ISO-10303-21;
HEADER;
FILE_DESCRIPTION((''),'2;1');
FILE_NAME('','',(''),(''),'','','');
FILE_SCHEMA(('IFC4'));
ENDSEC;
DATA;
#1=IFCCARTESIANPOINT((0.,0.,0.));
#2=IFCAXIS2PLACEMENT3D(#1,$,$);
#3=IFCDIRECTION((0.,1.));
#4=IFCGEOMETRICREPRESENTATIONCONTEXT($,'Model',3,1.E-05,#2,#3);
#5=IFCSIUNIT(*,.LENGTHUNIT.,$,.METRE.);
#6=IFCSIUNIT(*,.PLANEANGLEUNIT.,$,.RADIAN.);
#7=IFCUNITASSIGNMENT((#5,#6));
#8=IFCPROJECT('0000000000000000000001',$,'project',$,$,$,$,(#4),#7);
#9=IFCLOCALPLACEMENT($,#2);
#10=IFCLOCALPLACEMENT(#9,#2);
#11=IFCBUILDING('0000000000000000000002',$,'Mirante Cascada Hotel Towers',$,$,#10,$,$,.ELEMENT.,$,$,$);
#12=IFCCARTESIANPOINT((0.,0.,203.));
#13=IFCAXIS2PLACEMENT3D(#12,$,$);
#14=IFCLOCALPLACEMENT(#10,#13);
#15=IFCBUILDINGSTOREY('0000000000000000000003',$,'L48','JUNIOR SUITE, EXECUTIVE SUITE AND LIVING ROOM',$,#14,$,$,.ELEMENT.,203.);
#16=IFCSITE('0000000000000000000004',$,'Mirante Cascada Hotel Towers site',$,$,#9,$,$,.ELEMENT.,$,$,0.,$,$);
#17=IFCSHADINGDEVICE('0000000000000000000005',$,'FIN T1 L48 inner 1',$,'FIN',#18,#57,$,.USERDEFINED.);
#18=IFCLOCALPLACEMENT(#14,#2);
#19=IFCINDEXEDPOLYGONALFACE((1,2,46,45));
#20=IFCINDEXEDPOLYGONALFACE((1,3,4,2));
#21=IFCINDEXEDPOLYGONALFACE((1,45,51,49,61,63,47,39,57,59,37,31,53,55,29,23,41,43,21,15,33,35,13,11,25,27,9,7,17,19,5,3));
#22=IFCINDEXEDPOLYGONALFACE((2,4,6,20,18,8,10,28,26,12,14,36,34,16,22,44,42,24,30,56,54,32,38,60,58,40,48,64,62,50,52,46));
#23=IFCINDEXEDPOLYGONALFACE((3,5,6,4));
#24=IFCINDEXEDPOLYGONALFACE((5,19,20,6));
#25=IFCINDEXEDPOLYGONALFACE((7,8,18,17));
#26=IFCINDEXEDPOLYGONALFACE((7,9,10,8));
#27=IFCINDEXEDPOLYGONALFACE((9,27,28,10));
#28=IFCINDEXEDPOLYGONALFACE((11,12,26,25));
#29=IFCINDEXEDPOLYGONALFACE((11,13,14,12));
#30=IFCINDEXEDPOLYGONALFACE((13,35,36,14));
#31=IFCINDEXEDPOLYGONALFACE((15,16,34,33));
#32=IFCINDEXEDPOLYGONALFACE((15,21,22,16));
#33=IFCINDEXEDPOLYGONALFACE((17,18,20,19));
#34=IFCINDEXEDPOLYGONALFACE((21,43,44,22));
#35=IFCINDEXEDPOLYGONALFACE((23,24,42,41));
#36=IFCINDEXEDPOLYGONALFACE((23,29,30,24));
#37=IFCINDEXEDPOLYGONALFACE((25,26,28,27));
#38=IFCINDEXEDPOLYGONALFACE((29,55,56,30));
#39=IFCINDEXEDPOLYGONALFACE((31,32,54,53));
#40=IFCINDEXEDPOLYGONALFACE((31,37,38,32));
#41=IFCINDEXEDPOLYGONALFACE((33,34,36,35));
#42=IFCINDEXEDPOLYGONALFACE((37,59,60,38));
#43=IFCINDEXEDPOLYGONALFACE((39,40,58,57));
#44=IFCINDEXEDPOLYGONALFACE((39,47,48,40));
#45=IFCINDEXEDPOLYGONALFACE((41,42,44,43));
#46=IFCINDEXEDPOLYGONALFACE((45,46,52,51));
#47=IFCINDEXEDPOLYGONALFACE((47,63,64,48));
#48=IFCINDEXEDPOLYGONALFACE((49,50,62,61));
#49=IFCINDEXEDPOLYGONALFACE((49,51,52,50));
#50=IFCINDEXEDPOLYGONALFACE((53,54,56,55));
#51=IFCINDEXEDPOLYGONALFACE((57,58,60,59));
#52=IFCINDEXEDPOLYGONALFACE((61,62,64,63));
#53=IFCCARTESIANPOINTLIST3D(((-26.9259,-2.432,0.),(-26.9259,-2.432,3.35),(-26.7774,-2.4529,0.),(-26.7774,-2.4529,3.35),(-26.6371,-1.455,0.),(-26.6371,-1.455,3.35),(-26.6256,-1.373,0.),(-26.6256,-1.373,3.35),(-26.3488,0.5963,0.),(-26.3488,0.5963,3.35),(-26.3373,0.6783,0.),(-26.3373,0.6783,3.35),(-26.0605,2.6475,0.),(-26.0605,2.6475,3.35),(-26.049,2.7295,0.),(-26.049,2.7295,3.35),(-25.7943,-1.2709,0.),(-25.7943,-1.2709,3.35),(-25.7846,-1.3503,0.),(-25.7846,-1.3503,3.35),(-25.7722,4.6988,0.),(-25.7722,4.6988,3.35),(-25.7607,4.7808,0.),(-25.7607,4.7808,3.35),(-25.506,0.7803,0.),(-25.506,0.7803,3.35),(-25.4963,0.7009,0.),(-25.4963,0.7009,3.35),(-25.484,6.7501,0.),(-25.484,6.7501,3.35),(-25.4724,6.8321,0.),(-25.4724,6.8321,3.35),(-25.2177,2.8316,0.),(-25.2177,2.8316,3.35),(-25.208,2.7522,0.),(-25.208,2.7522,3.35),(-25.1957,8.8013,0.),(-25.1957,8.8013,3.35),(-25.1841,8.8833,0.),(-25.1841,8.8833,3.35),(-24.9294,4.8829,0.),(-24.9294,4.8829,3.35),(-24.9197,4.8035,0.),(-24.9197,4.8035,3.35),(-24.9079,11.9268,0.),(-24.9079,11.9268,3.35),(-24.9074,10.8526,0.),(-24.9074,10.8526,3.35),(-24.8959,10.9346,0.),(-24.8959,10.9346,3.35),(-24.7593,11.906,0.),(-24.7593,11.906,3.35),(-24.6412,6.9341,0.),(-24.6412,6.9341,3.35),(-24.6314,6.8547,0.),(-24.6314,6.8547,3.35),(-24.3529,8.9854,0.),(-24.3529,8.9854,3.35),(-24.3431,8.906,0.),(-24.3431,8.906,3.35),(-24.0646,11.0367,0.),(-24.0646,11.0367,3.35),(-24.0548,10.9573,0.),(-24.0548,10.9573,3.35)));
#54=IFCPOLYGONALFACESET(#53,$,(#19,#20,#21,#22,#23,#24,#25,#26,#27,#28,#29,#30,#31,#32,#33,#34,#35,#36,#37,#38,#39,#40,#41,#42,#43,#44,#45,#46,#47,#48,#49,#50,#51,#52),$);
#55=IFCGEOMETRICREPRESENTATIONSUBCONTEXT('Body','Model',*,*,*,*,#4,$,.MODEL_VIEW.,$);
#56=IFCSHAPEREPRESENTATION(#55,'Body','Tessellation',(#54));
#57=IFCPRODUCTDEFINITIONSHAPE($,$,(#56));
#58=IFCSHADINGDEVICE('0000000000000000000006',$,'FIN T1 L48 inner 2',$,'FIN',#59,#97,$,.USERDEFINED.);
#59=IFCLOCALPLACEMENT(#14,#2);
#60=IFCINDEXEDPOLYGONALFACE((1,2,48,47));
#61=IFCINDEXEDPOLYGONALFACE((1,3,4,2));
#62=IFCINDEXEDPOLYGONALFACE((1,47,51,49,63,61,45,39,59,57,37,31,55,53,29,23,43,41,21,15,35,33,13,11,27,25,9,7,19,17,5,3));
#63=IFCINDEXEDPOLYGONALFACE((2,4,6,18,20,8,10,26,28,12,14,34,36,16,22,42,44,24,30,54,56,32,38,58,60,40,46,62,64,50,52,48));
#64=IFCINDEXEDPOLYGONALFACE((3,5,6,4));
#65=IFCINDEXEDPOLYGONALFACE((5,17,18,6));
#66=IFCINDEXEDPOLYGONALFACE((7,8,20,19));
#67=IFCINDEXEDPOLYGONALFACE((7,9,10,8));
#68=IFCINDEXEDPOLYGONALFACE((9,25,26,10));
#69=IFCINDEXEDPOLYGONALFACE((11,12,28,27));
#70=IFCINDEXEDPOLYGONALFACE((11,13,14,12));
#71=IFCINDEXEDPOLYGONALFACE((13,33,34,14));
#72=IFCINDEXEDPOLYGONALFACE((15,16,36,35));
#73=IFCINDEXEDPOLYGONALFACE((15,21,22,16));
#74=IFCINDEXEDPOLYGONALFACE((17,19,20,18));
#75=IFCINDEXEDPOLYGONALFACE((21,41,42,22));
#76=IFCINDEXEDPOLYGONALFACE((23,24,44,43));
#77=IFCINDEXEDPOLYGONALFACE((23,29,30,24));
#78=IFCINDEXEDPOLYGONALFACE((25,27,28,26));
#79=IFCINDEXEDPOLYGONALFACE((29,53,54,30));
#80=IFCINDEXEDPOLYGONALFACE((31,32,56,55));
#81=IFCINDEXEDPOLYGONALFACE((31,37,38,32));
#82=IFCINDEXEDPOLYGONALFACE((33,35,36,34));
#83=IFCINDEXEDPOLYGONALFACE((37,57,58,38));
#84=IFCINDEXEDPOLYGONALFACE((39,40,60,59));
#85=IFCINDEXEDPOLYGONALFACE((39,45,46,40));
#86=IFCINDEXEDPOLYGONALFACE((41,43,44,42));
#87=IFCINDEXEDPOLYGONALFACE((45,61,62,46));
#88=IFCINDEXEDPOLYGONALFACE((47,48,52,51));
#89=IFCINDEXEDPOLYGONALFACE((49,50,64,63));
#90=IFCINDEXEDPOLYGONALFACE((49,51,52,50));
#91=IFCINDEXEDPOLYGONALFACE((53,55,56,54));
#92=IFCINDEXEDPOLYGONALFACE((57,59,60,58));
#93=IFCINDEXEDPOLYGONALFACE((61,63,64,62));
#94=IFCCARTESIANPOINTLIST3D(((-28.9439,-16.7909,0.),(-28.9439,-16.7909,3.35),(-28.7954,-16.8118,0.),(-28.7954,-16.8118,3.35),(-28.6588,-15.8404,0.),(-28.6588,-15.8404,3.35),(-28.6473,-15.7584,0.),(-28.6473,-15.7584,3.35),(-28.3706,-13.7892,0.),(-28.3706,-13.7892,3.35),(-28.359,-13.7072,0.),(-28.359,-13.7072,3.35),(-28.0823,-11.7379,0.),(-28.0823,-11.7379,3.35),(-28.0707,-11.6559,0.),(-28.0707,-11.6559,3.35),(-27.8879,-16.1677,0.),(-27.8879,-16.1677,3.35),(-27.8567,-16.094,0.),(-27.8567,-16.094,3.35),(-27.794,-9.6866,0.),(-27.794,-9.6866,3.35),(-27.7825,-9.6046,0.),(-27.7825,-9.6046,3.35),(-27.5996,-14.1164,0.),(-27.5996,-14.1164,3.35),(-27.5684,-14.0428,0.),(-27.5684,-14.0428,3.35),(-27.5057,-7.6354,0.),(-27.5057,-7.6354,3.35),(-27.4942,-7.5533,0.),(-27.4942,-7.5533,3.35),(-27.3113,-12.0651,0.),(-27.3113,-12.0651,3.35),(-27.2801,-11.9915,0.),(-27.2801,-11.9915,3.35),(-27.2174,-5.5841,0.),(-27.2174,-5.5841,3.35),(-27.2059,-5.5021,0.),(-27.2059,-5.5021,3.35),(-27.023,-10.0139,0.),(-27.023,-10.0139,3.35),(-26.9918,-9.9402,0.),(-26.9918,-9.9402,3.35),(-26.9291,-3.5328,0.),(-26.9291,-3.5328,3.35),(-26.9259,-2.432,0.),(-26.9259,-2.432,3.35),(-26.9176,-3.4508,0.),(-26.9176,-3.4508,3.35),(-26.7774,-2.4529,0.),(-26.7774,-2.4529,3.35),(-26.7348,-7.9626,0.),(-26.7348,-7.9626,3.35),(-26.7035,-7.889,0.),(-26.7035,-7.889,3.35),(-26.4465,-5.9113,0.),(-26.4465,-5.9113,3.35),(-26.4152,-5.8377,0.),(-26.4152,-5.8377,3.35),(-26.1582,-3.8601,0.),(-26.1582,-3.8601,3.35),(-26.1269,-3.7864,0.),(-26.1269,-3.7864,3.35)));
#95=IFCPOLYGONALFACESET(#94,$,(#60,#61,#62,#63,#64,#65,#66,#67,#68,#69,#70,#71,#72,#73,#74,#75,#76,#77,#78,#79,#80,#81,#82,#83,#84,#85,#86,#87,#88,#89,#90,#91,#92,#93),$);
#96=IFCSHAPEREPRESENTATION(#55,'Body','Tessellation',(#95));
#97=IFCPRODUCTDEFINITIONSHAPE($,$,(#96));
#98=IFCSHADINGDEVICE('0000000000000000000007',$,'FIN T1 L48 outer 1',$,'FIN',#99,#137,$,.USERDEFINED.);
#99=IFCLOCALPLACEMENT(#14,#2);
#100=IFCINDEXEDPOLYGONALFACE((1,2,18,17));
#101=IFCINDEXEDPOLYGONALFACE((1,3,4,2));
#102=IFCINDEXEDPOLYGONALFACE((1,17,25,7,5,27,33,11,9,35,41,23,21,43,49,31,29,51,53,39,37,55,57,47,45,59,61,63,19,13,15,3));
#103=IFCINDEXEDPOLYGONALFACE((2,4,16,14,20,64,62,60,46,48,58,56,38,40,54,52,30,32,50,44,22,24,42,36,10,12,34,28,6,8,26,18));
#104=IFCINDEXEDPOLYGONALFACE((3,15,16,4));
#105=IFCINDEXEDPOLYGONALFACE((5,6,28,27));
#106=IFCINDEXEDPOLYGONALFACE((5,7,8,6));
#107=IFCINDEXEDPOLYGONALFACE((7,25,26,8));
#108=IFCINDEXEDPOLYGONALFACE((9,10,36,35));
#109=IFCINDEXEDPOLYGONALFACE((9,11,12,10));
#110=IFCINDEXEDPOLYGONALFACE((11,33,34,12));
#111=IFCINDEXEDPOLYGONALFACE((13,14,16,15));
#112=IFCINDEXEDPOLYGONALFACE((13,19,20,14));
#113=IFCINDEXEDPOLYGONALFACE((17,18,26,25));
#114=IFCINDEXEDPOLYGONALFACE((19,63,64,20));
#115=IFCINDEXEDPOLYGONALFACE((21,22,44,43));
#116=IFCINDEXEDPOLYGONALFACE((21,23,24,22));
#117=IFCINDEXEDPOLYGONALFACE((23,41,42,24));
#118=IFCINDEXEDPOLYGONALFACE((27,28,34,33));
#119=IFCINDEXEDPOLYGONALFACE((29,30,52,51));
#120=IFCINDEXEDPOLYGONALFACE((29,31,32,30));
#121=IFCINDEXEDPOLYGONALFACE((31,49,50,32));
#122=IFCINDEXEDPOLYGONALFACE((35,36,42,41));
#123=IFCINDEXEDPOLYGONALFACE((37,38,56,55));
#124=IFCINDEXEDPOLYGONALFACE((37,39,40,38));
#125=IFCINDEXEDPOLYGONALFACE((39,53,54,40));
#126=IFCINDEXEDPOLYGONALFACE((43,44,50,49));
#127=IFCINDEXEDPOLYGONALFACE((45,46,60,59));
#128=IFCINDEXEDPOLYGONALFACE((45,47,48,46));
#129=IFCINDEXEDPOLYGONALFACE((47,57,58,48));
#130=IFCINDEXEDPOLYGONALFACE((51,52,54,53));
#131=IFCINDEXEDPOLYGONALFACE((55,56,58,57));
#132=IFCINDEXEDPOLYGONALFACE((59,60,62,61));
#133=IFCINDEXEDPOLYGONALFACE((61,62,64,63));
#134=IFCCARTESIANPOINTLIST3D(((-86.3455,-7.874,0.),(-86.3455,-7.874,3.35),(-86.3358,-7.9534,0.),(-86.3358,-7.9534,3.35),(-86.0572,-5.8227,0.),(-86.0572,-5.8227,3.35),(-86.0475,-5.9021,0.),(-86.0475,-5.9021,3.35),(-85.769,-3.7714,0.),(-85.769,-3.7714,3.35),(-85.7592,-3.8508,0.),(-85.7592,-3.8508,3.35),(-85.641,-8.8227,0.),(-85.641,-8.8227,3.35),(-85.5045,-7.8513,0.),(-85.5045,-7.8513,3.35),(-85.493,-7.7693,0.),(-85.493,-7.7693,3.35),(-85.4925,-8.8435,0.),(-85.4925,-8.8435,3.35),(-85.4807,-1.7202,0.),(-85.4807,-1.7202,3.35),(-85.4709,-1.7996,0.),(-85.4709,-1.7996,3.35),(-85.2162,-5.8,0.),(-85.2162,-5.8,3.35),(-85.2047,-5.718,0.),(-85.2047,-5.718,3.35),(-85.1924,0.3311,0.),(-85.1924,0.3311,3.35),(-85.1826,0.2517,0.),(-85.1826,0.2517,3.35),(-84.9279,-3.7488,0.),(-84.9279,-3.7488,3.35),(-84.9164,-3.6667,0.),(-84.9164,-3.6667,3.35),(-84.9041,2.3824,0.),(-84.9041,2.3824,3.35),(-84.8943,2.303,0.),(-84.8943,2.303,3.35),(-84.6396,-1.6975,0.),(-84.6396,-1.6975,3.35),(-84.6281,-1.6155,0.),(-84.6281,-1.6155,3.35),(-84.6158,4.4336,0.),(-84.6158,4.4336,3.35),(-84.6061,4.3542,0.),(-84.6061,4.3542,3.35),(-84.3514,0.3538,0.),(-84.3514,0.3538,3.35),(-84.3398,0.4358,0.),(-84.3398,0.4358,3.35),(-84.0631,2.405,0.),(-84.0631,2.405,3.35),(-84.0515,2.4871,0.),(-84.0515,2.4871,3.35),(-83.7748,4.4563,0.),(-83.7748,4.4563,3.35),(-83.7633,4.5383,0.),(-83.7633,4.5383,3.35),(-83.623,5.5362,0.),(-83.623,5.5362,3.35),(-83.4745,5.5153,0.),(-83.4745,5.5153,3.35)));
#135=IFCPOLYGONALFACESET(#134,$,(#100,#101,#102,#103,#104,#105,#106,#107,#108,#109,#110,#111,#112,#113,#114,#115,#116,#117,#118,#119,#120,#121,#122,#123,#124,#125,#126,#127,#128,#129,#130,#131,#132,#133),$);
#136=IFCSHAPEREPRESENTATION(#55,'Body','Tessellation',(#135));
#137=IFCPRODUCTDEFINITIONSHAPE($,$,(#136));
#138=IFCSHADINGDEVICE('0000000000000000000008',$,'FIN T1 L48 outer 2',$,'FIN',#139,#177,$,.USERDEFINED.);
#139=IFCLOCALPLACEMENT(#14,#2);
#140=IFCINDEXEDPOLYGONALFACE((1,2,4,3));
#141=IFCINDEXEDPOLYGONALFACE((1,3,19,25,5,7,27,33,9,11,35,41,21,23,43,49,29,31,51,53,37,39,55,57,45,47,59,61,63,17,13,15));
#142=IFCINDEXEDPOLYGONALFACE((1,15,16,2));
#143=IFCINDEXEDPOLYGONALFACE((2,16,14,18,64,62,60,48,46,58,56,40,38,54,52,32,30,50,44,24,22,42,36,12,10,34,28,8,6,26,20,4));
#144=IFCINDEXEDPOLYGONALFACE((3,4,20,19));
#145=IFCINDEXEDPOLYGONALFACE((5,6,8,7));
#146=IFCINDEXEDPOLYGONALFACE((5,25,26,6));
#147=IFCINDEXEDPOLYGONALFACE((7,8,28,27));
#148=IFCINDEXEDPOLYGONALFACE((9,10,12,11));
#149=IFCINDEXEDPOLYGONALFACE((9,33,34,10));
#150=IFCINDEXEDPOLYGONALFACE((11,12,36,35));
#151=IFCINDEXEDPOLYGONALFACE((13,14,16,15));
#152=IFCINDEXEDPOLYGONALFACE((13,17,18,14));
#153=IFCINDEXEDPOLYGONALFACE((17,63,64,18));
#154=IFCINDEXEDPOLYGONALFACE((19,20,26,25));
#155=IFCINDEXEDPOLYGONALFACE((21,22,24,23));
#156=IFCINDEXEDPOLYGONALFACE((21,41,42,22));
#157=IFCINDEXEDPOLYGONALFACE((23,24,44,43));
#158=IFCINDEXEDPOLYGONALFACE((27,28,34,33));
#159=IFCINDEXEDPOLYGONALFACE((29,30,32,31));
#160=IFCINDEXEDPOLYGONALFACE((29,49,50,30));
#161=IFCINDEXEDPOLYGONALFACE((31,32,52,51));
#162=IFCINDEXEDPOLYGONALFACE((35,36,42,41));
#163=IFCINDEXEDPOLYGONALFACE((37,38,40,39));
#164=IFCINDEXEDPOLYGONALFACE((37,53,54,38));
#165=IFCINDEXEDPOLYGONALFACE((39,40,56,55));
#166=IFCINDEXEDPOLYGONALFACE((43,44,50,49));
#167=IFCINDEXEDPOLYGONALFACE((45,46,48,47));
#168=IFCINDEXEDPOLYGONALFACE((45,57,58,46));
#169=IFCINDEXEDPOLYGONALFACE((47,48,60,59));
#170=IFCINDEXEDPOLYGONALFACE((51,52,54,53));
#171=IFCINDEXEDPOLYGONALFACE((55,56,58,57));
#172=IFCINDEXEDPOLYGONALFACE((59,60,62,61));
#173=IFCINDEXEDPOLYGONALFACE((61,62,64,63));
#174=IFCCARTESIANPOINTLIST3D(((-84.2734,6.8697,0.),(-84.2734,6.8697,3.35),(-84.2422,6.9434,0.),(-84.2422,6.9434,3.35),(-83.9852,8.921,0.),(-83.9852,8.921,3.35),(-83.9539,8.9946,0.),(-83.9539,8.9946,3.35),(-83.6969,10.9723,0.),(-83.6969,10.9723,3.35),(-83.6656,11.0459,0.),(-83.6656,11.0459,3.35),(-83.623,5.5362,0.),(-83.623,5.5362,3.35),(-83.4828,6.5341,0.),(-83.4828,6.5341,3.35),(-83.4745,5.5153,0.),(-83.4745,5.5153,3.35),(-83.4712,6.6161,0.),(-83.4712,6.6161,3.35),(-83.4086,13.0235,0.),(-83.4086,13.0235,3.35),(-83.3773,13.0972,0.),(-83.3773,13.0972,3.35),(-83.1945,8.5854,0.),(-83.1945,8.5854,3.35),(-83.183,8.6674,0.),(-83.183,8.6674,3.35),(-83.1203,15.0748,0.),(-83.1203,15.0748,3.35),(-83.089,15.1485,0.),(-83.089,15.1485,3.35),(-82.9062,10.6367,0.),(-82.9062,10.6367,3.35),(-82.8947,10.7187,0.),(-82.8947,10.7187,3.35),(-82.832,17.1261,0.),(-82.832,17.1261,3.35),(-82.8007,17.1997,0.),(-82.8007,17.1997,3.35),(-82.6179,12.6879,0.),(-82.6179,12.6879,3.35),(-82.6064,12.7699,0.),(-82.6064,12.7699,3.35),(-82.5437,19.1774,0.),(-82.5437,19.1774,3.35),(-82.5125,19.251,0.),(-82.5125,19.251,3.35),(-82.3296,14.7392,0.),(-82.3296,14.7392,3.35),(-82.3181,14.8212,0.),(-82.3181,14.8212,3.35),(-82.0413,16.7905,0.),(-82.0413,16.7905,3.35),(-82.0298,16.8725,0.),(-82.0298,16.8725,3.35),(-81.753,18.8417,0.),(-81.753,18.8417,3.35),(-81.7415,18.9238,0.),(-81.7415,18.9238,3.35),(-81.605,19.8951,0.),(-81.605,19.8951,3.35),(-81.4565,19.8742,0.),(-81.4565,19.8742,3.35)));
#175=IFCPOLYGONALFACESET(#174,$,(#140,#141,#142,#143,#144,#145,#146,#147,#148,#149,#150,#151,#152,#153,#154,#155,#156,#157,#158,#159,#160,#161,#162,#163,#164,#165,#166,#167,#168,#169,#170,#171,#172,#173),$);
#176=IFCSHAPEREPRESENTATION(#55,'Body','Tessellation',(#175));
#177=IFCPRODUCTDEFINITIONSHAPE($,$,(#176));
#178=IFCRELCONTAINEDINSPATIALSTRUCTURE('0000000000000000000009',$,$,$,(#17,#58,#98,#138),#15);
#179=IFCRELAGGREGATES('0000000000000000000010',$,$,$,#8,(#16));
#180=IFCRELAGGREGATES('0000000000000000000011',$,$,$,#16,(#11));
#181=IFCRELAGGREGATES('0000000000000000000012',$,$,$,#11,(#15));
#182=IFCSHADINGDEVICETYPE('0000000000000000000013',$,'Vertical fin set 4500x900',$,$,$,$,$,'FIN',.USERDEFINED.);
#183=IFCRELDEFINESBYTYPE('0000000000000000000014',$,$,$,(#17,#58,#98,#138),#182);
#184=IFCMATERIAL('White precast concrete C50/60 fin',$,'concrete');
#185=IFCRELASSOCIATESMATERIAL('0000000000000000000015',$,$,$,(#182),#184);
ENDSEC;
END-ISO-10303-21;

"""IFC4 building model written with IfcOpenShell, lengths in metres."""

from ifc_helpers import new_model, si_unit, direction, frame, origin, place, context, subcontext, project, spatial, polyline, outline, extrude, material, type_object, element, save


model = new_model("IFC4")

# Units and contexts
model_context = context("Model", 3, precision=1e-05, world=origin(), true_north=direction((0.0, 1.0)))
body_context = subcontext(model_context, "Body", "Model", "MODEL_VIEW")
ifc_project = project(units=[si_unit("LENGTHUNIT", "METRE"), si_unit("PLANEANGLEUNIT", "RADIAN")], contexts=[model_context])

# Site, building, storey
site_placement = place(None, origin())
site = spatial("IfcSite", under=ifc_project, at=site_placement, Name="Mirante Cascada Hotel Towers site", CompositionType="ELEMENT", RefElevation=0.0)
building_placement = place(site_placement, origin())
building = spatial("IfcBuilding", under=site, at=building_placement, Name="Mirante Cascada Hotel Towers", CompositionType="ELEMENT")
storey_placement = place(building_placement, frame((0.0, 0.0, 203.0)))
storey = spatial("IfcBuildingStorey", under=building, at=storey_placement, Name="L48", Description="JUNIOR SUITE, EXECUTIVE SUITE AND LIVING ROOM", CompositionType="ELEMENT", Elevation=203.0)

# Shading devices
ifc_material_1 = material(Name="White precast concrete C50/60 fin", Category="concrete")
shading_device_type = type_object("IfcShadingDeviceType", Name="Vertical fin set 4500x900", ElementType="FIN", PredefinedType="USERDEFINED", material=ifc_material_1)
shading_device_1_placement = place(storey_placement, origin())
element("IfcShadingDevice", 1, at=shading_device_1_placement, inside=storey, type_object=shading_device_type, Name="FIN T1 L48 inner 1", ObjectType="FIN", PredefinedType="USERDEFINED", context=body_context, shape_type="SweptSolid", body=[
    extrude(outline(polyline([(-26.6371, -1.455), (-26.7774, -2.4529), (-26.9259, -2.432), (-24.9079, 11.9268), (-24.7593, 11.906), (-24.8959, 10.9346), (-24.0646, 11.0367), (-24.0548, 10.9573), (-24.9074, 10.8526), (-25.1841, 8.8833), (-24.3529, 8.9854), (-24.3431, 8.906), (-25.1957, 8.8013), (-25.4724, 6.8321), (-24.6412, 6.9341), (-24.6314, 6.8547), (-25.484, 6.7501), (-25.7607, 4.7808), (-24.9294, 4.8829), (-24.9197, 4.8035), (-25.7722, 4.6988), (-26.049, 2.7295), (-25.2177, 2.8316), (-25.208, 2.7522), (-26.0605, 2.6475), (-26.3373, 0.6783), (-25.506, 0.7803), (-25.4963, 0.7009), (-26.3488, 0.5963), (-26.6256, -1.373), (-25.7943, -1.2709), (-25.7846, -1.3503), (-26.6371, -1.455)])), origin(), (0.0, 0.0, 1.0), 3.35),
])
shading_device_2_placement = place(storey_placement, origin())
element("IfcShadingDevice", 2, at=shading_device_2_placement, inside=storey, type_object=shading_device_type, Name="FIN T1 L48 inner 2", ObjectType="FIN", PredefinedType="USERDEFINED", context=body_context, shape_type="SweptSolid", body=[
    extrude(outline(polyline([(-28.6588, -15.8404), (-28.7954, -16.8118), (-28.9439, -16.7909), (-26.9259, -2.432), (-26.7774, -2.4529), (-26.9176, -3.4508), (-26.1269, -3.7864), (-26.1582, -3.8601), (-26.9291, -3.5328), (-27.2059, -5.5021), (-26.4152, -5.8377), (-26.4465, -5.9113), (-27.2174, -5.5841), (-27.4942, -7.5533), (-26.7035, -7.889), (-26.7348, -7.9626), (-27.5057, -7.6354), (-27.7825, -9.6046), (-26.9918, -9.9402), (-27.023, -10.0139), (-27.794, -9.6866), (-28.0707, -11.6559), (-27.2801, -11.9915), (-27.3113, -12.0651), (-28.0823, -11.7379), (-28.359, -13.7072), (-27.5684, -14.0428), (-27.5996, -14.1164), (-28.3706, -13.7892), (-28.6473, -15.7584), (-27.8567, -16.094), (-27.8879, -16.1677), (-28.6588, -15.8404)])), origin(), (0.0, 0.0, 1.0), 3.35),
])
shading_device_3_placement = place(storey_placement, origin())
element("IfcShadingDevice", 3, at=shading_device_3_placement, inside=storey, type_object=shading_device_type, Name="FIN T1 L48 outer 1", ObjectType="FIN", PredefinedType="USERDEFINED", context=body_context, shape_type="SweptSolid", body=[
    extrude(outline(polyline([(-85.493, -7.7693), (-85.2162, -5.8), (-86.0475, -5.9021), (-86.0572, -5.8227), (-85.2047, -5.718), (-84.9279, -3.7488), (-85.7592, -3.8508), (-85.769, -3.7714), (-84.9164, -3.6667), (-84.6396, -1.6975), (-85.4709, -1.7996), (-85.4807, -1.7202), (-84.6281, -1.6155), (-84.3514, 0.3538), (-85.1826, 0.2517), (-85.1924, 0.3311), (-84.3398, 0.4358), (-84.0631, 2.405), (-84.8943, 2.303), (-84.9041, 2.3824), (-84.0515, 2.4871), (-83.7748, 4.4563), (-84.6061, 4.3542), (-84.6158, 4.4336), (-83.7633, 4.5383), (-83.623, 5.5362), (-83.4745, 5.5153), (-85.4925, -8.8435), (-85.641, -8.8227), (-85.5045, -7.8513), (-86.3358, -7.9534), (-86.3455, -7.874), (-85.493, -7.7693)])), origin(), (0.0, 0.0, 1.0), 3.35),
])
shading_device_4_placement = place(storey_placement, origin())
element("IfcShadingDevice", 4, at=shading_device_4_placement, inside=storey, type_object=shading_device_type, Name="FIN T1 L48 outer 2", ObjectType="FIN", PredefinedType="USERDEFINED", context=body_context, shape_type="SweptSolid", body=[
    extrude(outline(polyline([(-83.4712, 6.6161), (-83.1945, 8.5854), (-83.9852, 8.921), (-83.9539, 8.9946), (-83.183, 8.6674), (-82.9062, 10.6367), (-83.6969, 10.9723), (-83.6656, 11.0459), (-82.8947, 10.7187), (-82.6179, 12.6879), (-83.4086, 13.0235), (-83.3773, 13.0972), (-82.6064, 12.7699), (-82.3296, 14.7392), (-83.1203, 15.0748), (-83.089, 15.1485), (-82.3181, 14.8212), (-82.0413, 16.7905), (-82.832, 17.1261), (-82.8007, 17.1997), (-82.0298, 16.8725), (-81.753, 18.8417), (-82.5437, 19.1774), (-82.5125, 19.251), (-81.7415, 18.9238), (-81.605, 19.8951), (-81.4565, 19.8742), (-83.4745, 5.5153), (-83.623, 5.5362), (-83.4828, 6.5341), (-84.2734, 6.8697), (-84.2422, 6.9434), (-83.4712, 6.6161)])), origin(), (0.0, 0.0, 1.0), 3.35),
])

save(model, "model.ifc")
